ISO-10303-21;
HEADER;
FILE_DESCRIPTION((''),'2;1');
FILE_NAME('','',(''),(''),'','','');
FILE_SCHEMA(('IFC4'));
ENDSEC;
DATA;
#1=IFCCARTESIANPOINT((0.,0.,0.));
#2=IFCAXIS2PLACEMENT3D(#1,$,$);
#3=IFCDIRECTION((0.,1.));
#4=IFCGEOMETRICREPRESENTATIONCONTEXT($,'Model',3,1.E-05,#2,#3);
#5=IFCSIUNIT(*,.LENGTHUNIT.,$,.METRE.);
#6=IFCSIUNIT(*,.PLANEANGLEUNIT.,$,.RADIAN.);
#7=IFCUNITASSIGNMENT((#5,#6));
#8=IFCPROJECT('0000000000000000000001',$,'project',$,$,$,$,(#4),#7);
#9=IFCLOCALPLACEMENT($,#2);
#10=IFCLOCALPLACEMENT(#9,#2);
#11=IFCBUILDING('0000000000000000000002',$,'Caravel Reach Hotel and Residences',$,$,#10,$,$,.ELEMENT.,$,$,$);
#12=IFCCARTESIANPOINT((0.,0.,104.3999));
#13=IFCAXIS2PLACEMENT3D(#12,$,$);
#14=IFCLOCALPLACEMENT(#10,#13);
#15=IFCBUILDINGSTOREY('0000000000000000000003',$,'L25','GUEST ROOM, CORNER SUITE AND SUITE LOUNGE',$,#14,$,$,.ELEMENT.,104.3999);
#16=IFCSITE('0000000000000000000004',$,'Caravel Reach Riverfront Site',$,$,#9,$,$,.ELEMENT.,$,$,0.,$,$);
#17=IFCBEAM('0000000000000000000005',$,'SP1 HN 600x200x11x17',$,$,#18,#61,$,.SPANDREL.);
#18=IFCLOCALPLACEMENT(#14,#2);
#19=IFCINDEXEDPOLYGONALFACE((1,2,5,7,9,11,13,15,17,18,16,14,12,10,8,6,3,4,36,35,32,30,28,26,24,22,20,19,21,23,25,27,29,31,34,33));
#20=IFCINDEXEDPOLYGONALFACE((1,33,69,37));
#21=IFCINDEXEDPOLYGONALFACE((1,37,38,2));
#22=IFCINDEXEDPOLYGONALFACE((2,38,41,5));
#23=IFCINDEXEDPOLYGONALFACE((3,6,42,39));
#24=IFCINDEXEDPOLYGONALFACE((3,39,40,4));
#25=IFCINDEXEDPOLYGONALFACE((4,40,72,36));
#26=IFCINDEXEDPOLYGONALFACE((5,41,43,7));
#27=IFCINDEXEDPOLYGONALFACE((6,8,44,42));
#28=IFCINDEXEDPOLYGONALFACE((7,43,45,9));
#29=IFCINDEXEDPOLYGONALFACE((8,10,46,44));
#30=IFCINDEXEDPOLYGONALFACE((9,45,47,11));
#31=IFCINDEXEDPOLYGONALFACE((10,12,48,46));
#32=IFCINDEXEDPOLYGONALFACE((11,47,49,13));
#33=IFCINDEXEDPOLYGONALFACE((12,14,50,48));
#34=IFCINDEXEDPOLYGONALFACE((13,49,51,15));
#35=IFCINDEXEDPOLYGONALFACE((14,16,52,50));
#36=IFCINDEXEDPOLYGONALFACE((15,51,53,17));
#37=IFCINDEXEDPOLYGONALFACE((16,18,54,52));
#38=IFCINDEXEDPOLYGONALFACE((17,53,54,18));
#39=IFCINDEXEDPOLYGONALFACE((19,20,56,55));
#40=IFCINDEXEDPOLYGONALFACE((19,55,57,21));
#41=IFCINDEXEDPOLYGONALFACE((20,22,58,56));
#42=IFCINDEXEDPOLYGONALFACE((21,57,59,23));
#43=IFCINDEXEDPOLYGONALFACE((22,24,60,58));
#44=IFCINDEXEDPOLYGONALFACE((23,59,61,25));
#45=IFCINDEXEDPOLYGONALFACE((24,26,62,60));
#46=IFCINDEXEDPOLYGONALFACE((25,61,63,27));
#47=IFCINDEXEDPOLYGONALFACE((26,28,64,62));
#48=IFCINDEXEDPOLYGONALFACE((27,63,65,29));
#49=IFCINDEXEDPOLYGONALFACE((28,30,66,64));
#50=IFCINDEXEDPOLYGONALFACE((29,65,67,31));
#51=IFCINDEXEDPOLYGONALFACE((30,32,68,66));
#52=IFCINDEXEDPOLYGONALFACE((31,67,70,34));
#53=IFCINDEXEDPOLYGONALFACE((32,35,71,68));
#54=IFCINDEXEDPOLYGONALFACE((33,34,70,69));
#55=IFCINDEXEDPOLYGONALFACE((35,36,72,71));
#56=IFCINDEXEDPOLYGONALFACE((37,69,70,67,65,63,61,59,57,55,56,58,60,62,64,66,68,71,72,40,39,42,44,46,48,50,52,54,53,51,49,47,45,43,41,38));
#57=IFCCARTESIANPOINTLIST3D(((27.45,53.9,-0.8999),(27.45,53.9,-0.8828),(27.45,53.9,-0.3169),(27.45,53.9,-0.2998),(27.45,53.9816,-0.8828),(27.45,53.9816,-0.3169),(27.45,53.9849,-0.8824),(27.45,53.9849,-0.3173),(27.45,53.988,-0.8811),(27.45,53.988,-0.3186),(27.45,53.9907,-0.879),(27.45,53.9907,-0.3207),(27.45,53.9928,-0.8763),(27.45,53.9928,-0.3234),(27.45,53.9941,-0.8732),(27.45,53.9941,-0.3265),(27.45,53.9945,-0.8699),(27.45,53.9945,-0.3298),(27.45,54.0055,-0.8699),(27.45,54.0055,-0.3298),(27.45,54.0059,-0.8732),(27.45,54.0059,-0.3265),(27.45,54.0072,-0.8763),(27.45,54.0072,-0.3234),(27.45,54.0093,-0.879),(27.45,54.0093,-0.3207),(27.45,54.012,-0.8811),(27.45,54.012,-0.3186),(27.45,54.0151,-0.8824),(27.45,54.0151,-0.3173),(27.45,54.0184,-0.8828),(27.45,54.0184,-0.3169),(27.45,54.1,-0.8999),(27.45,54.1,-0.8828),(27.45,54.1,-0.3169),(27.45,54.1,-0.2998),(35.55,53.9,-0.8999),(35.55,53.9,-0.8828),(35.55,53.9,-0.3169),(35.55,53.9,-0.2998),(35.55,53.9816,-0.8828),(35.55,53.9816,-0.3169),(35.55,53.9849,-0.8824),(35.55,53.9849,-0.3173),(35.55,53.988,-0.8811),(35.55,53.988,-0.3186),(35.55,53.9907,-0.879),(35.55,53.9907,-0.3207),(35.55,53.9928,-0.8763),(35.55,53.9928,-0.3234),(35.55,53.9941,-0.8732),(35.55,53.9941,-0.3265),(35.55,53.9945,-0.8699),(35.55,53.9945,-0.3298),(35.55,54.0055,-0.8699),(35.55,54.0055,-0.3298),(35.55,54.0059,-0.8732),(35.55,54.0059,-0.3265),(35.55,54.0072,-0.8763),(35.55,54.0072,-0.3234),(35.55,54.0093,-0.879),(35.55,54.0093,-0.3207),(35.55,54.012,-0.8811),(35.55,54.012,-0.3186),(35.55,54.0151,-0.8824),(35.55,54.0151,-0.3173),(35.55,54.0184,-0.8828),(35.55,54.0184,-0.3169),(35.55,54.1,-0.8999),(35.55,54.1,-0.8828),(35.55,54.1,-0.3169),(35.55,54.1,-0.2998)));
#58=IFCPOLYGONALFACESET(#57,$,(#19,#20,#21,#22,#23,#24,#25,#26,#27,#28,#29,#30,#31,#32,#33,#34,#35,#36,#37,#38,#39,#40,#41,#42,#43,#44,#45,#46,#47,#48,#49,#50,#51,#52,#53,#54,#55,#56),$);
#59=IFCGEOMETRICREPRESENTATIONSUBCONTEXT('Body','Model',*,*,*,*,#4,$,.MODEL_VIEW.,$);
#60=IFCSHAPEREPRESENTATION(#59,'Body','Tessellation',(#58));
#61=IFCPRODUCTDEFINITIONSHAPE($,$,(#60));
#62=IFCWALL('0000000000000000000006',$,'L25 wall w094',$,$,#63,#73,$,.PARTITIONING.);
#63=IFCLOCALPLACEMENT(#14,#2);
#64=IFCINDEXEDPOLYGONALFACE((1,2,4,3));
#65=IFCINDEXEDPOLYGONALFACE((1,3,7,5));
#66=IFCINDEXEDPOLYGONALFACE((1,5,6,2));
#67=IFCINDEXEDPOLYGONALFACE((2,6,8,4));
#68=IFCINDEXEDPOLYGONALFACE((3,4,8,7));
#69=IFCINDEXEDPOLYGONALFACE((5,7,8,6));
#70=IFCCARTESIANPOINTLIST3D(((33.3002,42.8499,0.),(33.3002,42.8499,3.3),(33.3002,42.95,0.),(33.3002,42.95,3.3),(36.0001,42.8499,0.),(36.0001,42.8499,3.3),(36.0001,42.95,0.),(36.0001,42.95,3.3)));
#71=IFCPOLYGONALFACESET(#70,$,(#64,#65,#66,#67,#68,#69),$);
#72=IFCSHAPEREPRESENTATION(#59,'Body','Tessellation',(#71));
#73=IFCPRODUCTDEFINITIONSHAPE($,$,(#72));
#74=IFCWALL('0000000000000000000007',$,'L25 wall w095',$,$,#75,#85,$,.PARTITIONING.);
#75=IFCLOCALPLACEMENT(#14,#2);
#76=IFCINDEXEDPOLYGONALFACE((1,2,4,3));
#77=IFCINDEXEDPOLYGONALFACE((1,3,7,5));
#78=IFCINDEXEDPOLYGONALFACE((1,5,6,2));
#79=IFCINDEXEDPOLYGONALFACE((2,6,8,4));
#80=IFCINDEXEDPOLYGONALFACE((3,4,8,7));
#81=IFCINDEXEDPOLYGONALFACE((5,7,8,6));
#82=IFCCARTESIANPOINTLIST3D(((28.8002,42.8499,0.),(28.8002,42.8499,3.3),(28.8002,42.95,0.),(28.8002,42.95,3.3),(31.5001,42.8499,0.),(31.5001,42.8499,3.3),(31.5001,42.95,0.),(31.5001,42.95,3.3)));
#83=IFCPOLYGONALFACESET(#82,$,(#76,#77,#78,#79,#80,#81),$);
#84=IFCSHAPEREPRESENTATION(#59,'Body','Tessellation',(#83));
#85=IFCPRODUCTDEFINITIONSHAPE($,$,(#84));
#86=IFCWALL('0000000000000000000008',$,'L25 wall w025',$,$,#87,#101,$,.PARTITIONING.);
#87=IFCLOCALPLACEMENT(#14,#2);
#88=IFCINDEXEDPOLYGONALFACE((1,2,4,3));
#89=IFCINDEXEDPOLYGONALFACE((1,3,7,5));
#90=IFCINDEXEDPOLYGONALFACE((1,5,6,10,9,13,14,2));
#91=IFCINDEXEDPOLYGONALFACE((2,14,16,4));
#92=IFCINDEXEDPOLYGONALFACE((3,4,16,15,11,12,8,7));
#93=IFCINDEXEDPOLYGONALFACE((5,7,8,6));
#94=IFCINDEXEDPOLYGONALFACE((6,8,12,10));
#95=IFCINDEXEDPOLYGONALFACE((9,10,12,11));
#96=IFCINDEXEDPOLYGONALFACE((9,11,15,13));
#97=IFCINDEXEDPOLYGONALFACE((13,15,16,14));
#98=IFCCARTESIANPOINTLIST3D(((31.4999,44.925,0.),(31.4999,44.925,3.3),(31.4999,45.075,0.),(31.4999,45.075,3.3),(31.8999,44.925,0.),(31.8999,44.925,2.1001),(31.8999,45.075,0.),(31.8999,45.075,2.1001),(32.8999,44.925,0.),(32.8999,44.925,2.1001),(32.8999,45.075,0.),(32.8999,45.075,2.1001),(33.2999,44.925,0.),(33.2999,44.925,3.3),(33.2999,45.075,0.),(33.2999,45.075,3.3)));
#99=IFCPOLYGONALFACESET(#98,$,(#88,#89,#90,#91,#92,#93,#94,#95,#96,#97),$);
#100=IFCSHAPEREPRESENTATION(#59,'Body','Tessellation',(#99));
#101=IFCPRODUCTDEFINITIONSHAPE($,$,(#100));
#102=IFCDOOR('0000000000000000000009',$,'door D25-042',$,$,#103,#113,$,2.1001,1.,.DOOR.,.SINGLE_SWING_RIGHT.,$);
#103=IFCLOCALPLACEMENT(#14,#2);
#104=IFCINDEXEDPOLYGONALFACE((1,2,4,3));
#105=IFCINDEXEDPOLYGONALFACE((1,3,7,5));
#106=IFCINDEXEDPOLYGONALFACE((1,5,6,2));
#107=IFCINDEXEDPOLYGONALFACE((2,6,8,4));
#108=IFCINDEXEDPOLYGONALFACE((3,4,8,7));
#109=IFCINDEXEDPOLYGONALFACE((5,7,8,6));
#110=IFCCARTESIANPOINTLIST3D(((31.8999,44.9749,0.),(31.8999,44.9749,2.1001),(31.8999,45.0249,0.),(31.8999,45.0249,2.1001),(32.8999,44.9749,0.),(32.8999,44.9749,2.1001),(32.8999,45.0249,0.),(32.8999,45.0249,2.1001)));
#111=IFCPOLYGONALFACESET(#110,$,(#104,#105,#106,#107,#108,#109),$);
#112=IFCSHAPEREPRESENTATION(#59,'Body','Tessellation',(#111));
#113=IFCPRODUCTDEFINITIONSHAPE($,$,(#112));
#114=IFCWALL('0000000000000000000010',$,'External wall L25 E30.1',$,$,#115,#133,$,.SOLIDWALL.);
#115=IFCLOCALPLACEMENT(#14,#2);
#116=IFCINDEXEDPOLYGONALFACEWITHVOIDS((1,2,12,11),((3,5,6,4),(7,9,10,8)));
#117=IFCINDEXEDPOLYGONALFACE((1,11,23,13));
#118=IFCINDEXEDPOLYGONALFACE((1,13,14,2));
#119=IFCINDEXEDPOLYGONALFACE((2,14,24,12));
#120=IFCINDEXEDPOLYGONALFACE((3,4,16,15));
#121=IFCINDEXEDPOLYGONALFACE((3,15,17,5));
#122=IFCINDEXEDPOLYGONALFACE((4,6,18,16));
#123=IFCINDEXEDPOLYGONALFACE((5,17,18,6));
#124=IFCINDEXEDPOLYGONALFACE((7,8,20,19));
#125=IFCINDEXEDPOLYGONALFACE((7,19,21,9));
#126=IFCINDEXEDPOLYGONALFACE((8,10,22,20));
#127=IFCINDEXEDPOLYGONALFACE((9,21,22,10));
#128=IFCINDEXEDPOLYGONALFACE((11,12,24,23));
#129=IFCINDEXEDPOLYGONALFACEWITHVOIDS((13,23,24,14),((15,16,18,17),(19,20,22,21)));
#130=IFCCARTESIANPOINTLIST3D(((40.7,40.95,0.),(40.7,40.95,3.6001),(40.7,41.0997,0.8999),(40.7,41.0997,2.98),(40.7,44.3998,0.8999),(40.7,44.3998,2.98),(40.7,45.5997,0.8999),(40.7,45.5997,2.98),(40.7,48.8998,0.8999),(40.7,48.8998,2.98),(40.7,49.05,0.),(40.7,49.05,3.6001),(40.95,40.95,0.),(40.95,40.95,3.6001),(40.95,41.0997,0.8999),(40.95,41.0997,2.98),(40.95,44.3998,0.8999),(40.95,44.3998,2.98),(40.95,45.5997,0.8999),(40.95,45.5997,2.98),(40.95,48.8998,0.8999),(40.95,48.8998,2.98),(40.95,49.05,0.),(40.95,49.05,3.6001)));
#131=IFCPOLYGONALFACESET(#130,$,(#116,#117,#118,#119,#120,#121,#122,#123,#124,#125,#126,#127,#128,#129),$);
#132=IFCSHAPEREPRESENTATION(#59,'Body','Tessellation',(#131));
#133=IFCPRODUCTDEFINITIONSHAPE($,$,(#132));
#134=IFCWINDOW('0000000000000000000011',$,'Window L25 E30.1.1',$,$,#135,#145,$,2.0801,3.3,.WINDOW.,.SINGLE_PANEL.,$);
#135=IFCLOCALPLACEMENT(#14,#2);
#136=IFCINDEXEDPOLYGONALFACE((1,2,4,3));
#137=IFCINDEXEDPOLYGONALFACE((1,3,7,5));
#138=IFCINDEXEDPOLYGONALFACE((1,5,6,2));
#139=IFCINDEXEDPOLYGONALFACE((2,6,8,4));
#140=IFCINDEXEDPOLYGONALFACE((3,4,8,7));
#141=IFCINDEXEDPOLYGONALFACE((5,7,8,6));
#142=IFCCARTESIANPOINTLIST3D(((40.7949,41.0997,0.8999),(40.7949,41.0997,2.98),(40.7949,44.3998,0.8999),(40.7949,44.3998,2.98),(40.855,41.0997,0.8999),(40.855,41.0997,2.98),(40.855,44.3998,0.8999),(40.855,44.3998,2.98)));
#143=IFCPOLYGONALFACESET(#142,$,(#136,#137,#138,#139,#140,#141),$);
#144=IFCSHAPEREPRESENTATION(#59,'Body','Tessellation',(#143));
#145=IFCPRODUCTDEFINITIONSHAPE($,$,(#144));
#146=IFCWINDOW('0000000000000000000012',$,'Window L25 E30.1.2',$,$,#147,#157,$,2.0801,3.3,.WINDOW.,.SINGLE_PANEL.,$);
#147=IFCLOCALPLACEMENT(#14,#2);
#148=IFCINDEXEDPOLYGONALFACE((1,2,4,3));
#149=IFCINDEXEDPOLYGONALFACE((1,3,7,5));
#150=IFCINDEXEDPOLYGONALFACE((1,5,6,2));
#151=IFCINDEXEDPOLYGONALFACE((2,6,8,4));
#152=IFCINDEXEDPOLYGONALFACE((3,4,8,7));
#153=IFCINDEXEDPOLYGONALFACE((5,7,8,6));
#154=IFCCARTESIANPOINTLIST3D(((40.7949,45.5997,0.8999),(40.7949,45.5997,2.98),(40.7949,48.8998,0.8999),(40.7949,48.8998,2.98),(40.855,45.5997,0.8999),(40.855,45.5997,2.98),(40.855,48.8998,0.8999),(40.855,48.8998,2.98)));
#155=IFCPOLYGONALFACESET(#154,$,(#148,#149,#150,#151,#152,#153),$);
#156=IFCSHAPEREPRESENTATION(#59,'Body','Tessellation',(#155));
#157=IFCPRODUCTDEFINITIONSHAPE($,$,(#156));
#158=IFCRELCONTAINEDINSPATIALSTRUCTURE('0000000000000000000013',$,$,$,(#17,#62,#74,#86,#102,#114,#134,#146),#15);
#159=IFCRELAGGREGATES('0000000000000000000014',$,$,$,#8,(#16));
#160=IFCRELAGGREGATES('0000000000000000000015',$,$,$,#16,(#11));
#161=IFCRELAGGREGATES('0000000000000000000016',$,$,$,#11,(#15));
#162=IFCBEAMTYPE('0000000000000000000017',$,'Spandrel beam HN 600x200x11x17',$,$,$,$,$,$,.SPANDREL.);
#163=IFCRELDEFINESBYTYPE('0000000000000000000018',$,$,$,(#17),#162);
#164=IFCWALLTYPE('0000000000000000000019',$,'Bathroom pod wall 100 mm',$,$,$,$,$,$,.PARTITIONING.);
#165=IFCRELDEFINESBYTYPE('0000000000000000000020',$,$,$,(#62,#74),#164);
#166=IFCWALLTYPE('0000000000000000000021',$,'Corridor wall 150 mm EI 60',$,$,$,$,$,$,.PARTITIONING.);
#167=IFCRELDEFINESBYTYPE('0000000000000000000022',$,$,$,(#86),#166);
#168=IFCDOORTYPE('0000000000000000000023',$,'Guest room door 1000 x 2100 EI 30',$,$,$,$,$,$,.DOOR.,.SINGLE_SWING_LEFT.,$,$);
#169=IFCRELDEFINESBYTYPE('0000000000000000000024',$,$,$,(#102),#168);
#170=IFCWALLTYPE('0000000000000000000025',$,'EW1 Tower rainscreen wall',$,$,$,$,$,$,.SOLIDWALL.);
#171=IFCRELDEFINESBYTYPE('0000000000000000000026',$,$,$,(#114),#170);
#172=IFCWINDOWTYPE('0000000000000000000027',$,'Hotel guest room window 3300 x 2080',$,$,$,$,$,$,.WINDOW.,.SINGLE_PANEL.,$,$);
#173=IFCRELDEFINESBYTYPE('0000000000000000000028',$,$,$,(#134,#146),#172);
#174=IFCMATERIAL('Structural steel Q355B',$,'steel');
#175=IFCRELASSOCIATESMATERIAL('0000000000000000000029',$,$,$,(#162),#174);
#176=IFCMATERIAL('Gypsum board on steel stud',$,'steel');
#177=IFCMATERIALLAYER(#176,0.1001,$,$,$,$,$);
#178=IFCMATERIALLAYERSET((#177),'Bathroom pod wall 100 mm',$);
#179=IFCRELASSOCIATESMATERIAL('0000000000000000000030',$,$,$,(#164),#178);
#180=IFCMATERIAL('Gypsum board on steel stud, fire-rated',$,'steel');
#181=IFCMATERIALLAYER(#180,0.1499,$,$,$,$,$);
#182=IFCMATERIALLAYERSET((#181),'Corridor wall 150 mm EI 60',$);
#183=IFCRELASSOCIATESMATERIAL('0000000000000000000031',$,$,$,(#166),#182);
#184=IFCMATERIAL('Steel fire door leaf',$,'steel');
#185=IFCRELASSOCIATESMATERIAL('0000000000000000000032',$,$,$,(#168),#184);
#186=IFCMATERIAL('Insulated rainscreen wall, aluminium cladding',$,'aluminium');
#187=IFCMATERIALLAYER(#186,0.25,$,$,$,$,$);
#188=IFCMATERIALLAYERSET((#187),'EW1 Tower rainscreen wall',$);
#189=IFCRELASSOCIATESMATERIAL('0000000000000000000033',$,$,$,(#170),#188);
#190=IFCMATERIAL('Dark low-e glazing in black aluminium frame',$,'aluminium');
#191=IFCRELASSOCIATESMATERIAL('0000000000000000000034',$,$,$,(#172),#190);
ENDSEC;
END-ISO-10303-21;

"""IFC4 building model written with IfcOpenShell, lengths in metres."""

from ifc_helpers import new_model, si_unit, direction, frame, frame_2d, origin, origin_2d, place, context, subcontext, project, spatial, rectangle, i_section, extrude, material, layer, layer_set, material_profile, profile_set, type_object, element, fill, save


model = new_model("IFC4")

# Units and contexts
model_context = context("Model", 3, precision=1e-05, world=origin(), true_north=direction((0.0, 1.0)))
body_context = subcontext(model_context, "Body", "Model", "MODEL_VIEW")
ifc_project = project(units=[si_unit("LENGTHUNIT", "METRE"), si_unit("PLANEANGLEUNIT", "RADIAN")], contexts=[model_context])

# Site, building, storey
site_placement = place(None, origin())
site = spatial("IfcSite", under=ifc_project, at=site_placement, Name="Caravel Reach Riverfront Site", CompositionType="ELEMENT", RefElevation=0.0)
building_placement = place(site_placement, origin())
building = spatial("IfcBuilding", under=site, at=building_placement, Name="Caravel Reach Hotel and Residences", CompositionType="ELEMENT")
storey_placement = place(building_placement, frame((0.0, 0.0, 104.3999)))
storey = spatial("IfcBuildingStorey", under=building, at=storey_placement, Name="L25", Description="GUEST ROOM, CORNER SUITE AND SUITE LOUNGE", CompositionType="ELEMENT", Elevation=104.3999)

# Beam
ifc_material_1 = material(Name="Structural steel Q355B", Category="steel")
ifc_material_profile_1 = material_profile(ifc_material_1, i_section(OverallWidth=0.2, OverallDepth=0.6001, WebThickness=0.011, FlangeThickness=0.0171, FilletRadius=0.0129, at=origin_2d()), Name="HN 600x200x11x17")
ifc_profile_set_1 = profile_set([ifc_material_profile_1], Name="Structural steel Q355B")
beam_type_1 = type_object("IfcBeamType", Name="Spandrel beam HN 600x200x11x17", PredefinedType="SPANDREL", material=ifc_profile_set_1)
beam_1_placement = place(storey_placement, frame((35.55, 54.0, -0.5999), z_axis=(-1.0, 0.0, 0.0), x_axis=(0.0, -1.0, 0.0)))
element("IfcBeam", 1, at=beam_1_placement, inside=storey, type_object=beam_type_1, Name="SP1 HN 600x200x11x17", PredefinedType="SPANDREL", context=body_context, shape_type="SweptSolid", body=[
    extrude(i_section(OverallWidth=0.2, OverallDepth=0.6001, WebThickness=0.011, FlangeThickness=0.0171, FilletRadius=0.0129, at=origin_2d()), origin(), (0.0, 0.0, 1.0), 8.1001),
])

# Walls
ifc_material_2 = material(Name="Gypsum board on steel stud", Category="steel")
ifc_layer_1 = layer(ifc_material_2, 0.1001)
ifc_layer_set_1 = layer_set([ifc_layer_1], Name="Bathroom pod wall 100 mm")
wall_type_1 = type_object("IfcWallType", Name="Bathroom pod wall 100 mm", PredefinedType="PARTITIONING", material=ifc_layer_set_1)
for number, where, z_axis, x_axis, name in (
    (2, (33.3, 42.8999, 0.0), (0.0, 0.0, 1.0), (1.0, 0.0, 0.0), "L25 wall w094"),
    (3, (28.8, 42.8999, 0.0), (0.0, 0.0, 1.0), (1.0, 0.0, 0.0), "L25 wall w095"),
):
    element("IfcWall", number, at=place(storey_placement, frame(where, z_axis=z_axis, x_axis=x_axis)), inside=storey, type_object=wall_type_1, Name=name, PredefinedType="PARTITIONING", context=body_context, shape_type="SweptSolid", body=[
        extrude(rectangle(XDim=2.7, YDim=0.1001, at=frame_2d((1.3501, 0.0))), origin(), (0.0, 0.0, 1.0), 3.3),
    ])

# Wall, opening, door
ifc_material_3 = material(Name="Gypsum board on steel stud, fire-rated", Category="steel")
ifc_layer_2 = layer(ifc_material_3, 0.1499)
ifc_layer_set_2 = layer_set([ifc_layer_2], Name="Corridor wall 150 mm EI 60")
wall_type_2 = type_object("IfcWallType", Name="Corridor wall 150 mm EI 60", PredefinedType="PARTITIONING", material=ifc_layer_set_2)
wall_1_placement = place(storey_placement, frame((31.5, 45.0, 0.0), z_axis=(0.0, 0.0, 1.0), x_axis=(1.0, 0.0, 0.0)))
wall_1 = element("IfcWall", 4, at=wall_1_placement, inside=storey, type_object=wall_type_2, Name="L25 wall w025", PredefinedType="PARTITIONING", context=body_context, shape_type="SweptSolid", body=[
    extrude(rectangle(XDim=1.8, YDim=0.1499, at=frame_2d((0.8999, 0.0))), origin(), (0.0, 0.0, 1.0), 3.3),
])
opening_1_placement = place(wall_1_placement, frame((0.3999, 0.0, 0.0)))
opening_1 = element("IfcOpeningElement", 5, at=opening_1_placement, cuts=wall_1, PredefinedType="OPENING", context=body_context, shape_type="SweptSolid", body=[
    extrude(rectangle(XDim=1.0, YDim=2.1001, at=frame_2d((0.5, 1.05))), frame((0.0, 0.085, 0.0), z_axis=(0.0, -1.0, 0.0), x_axis=(1.0, 0.0, 0.0)), (0.0, 0.0, 1.0), 0.1699),
])
ifc_material_4 = material(Name="Steel fire door leaf", Category="steel")
door_type = type_object("IfcDoorType", Name="Guest room door 1000 x 2100 EI 30", OperationType="SINGLE_SWING_LEFT", PredefinedType="DOOR", material=ifc_material_4)
door_placement = place(opening_1_placement, origin())
door = element("IfcDoor", 6, at=door_placement, inside=storey, type_object=door_type, Name="door D25-042", OperationType="SINGLE_SWING_RIGHT", OverallHeight=2.1001, OverallWidth=1.0, PredefinedType="DOOR", context=body_context, shape_type="SweptSolid", body=[
    extrude(rectangle(XDim=1.0, YDim=2.1001, at=frame_2d((0.5, 1.05))), frame((0.0, 0.0249, 0.0), z_axis=(0.0, -1.0, 0.0), x_axis=(1.0, 0.0, 0.0)), (0.0, 0.0, 1.0), 0.05),
])
fill(opening_1, door)

# Wall, openings, windows
ifc_material_5 = material(Name="Insulated rainscreen wall, aluminium cladding", Category="aluminium")
ifc_layer_3 = layer(ifc_material_5, 0.25)
ifc_layer_set_3 = layer_set([ifc_layer_3], Name="EW1 Tower rainscreen wall")
wall_type_3 = type_object("IfcWallType", Name="EW1 Tower rainscreen wall", PredefinedType="SOLIDWALL", material=ifc_layer_set_3)
wall_2_placement = place(storey_placement, frame((40.825, 40.95, 0.0), z_axis=(0.0, 0.0, 1.0), x_axis=(0.0, 1.0, 0.0)))
wall_2 = element("IfcWall", 7, at=wall_2_placement, inside=storey, type_object=wall_type_3, Name="External wall L25 E30.1", PredefinedType="SOLIDWALL", context=body_context, shape_type="SweptSolid", body=[
    extrude(rectangle(XDim=8.1001, YDim=0.25, at=frame_2d((4.05, 0.0))), origin(), (0.0, 0.0, 1.0), 3.6001),
])
opening_2_placement = place(wall_2_placement, frame((0.1499, 0.0, 0.8999)))
opening_2 = element("IfcOpeningElement", 8, at=opening_2_placement, cuts=wall_2, PredefinedType="OPENING", context=body_context, shape_type="SweptSolid", body=[
    extrude(rectangle(XDim=3.3, YDim=2.0801, at=frame_2d((1.6499, 1.04))), frame((0.0, 0.135, 0.0), z_axis=(0.0, -1.0, 0.0), x_axis=(1.0, 0.0, 0.0)), (0.0, 0.0, 1.0), 0.27),
])
opening_3_placement = place(wall_2_placement, frame((4.6499, 0.0, 0.8999)))
opening_3 = element("IfcOpeningElement", 9, at=opening_3_placement, cuts=wall_2, PredefinedType="OPENING", context=body_context, shape_type="SweptSolid", body=[
    extrude(rectangle(XDim=3.3, YDim=2.0801, at=frame_2d((1.6499, 1.04))), frame((0.0, 0.135, 0.0), z_axis=(0.0, -1.0, 0.0), x_axis=(1.0, 0.0, 0.0)), (0.0, 0.0, 1.0), 0.27),
])
ifc_material_6 = material(Name="Dark low-e glazing in black aluminium frame", Category="aluminium")
window_type_1 = type_object("IfcWindowType", Name="Hotel guest room window 3300 x 2080", PartitioningType="SINGLE_PANEL", PredefinedType="WINDOW", material=ifc_material_6)
window_1_placement = place(opening_2_placement, origin())
window_1 = element("IfcWindow", 10, at=window_1_placement, inside=storey, type_object=window_type_1, Name="Window L25 E30.1.1", OverallHeight=2.0801, OverallWidth=3.3, PartitioningType="SINGLE_PANEL", PredefinedType="WINDOW", context=body_context, shape_type="SweptSolid", body=[
    extrude(rectangle(XDim=3.3, YDim=2.0801, at=frame_2d((1.6499, 1.04))), frame((0.0, 0.03, 0.0), z_axis=(0.0, -1.0, 0.0), x_axis=(1.0, 0.0, 0.0)), (0.0, 0.0, 1.0), 0.0601),
])
fill(opening_2, window_1)
window_2_placement = place(opening_3_placement, origin())
window_2 = element("IfcWindow", 11, at=window_2_placement, inside=storey, type_object=window_type_1, Name="Window L25 E30.1.2", OverallHeight=2.0801, OverallWidth=3.3, PartitioningType="SINGLE_PANEL", PredefinedType="WINDOW", context=body_context, shape_type="SweptSolid", body=[
    extrude(rectangle(XDim=3.3, YDim=2.0801, at=frame_2d((1.6499, 1.04))), frame((0.0, 0.03, 0.0), z_axis=(0.0, -1.0, 0.0), x_axis=(1.0, 0.0, 0.0)), (0.0, 0.0, 1.0), 0.0601),
])
fill(opening_3, window_2)

save(model, "model.ifc")
